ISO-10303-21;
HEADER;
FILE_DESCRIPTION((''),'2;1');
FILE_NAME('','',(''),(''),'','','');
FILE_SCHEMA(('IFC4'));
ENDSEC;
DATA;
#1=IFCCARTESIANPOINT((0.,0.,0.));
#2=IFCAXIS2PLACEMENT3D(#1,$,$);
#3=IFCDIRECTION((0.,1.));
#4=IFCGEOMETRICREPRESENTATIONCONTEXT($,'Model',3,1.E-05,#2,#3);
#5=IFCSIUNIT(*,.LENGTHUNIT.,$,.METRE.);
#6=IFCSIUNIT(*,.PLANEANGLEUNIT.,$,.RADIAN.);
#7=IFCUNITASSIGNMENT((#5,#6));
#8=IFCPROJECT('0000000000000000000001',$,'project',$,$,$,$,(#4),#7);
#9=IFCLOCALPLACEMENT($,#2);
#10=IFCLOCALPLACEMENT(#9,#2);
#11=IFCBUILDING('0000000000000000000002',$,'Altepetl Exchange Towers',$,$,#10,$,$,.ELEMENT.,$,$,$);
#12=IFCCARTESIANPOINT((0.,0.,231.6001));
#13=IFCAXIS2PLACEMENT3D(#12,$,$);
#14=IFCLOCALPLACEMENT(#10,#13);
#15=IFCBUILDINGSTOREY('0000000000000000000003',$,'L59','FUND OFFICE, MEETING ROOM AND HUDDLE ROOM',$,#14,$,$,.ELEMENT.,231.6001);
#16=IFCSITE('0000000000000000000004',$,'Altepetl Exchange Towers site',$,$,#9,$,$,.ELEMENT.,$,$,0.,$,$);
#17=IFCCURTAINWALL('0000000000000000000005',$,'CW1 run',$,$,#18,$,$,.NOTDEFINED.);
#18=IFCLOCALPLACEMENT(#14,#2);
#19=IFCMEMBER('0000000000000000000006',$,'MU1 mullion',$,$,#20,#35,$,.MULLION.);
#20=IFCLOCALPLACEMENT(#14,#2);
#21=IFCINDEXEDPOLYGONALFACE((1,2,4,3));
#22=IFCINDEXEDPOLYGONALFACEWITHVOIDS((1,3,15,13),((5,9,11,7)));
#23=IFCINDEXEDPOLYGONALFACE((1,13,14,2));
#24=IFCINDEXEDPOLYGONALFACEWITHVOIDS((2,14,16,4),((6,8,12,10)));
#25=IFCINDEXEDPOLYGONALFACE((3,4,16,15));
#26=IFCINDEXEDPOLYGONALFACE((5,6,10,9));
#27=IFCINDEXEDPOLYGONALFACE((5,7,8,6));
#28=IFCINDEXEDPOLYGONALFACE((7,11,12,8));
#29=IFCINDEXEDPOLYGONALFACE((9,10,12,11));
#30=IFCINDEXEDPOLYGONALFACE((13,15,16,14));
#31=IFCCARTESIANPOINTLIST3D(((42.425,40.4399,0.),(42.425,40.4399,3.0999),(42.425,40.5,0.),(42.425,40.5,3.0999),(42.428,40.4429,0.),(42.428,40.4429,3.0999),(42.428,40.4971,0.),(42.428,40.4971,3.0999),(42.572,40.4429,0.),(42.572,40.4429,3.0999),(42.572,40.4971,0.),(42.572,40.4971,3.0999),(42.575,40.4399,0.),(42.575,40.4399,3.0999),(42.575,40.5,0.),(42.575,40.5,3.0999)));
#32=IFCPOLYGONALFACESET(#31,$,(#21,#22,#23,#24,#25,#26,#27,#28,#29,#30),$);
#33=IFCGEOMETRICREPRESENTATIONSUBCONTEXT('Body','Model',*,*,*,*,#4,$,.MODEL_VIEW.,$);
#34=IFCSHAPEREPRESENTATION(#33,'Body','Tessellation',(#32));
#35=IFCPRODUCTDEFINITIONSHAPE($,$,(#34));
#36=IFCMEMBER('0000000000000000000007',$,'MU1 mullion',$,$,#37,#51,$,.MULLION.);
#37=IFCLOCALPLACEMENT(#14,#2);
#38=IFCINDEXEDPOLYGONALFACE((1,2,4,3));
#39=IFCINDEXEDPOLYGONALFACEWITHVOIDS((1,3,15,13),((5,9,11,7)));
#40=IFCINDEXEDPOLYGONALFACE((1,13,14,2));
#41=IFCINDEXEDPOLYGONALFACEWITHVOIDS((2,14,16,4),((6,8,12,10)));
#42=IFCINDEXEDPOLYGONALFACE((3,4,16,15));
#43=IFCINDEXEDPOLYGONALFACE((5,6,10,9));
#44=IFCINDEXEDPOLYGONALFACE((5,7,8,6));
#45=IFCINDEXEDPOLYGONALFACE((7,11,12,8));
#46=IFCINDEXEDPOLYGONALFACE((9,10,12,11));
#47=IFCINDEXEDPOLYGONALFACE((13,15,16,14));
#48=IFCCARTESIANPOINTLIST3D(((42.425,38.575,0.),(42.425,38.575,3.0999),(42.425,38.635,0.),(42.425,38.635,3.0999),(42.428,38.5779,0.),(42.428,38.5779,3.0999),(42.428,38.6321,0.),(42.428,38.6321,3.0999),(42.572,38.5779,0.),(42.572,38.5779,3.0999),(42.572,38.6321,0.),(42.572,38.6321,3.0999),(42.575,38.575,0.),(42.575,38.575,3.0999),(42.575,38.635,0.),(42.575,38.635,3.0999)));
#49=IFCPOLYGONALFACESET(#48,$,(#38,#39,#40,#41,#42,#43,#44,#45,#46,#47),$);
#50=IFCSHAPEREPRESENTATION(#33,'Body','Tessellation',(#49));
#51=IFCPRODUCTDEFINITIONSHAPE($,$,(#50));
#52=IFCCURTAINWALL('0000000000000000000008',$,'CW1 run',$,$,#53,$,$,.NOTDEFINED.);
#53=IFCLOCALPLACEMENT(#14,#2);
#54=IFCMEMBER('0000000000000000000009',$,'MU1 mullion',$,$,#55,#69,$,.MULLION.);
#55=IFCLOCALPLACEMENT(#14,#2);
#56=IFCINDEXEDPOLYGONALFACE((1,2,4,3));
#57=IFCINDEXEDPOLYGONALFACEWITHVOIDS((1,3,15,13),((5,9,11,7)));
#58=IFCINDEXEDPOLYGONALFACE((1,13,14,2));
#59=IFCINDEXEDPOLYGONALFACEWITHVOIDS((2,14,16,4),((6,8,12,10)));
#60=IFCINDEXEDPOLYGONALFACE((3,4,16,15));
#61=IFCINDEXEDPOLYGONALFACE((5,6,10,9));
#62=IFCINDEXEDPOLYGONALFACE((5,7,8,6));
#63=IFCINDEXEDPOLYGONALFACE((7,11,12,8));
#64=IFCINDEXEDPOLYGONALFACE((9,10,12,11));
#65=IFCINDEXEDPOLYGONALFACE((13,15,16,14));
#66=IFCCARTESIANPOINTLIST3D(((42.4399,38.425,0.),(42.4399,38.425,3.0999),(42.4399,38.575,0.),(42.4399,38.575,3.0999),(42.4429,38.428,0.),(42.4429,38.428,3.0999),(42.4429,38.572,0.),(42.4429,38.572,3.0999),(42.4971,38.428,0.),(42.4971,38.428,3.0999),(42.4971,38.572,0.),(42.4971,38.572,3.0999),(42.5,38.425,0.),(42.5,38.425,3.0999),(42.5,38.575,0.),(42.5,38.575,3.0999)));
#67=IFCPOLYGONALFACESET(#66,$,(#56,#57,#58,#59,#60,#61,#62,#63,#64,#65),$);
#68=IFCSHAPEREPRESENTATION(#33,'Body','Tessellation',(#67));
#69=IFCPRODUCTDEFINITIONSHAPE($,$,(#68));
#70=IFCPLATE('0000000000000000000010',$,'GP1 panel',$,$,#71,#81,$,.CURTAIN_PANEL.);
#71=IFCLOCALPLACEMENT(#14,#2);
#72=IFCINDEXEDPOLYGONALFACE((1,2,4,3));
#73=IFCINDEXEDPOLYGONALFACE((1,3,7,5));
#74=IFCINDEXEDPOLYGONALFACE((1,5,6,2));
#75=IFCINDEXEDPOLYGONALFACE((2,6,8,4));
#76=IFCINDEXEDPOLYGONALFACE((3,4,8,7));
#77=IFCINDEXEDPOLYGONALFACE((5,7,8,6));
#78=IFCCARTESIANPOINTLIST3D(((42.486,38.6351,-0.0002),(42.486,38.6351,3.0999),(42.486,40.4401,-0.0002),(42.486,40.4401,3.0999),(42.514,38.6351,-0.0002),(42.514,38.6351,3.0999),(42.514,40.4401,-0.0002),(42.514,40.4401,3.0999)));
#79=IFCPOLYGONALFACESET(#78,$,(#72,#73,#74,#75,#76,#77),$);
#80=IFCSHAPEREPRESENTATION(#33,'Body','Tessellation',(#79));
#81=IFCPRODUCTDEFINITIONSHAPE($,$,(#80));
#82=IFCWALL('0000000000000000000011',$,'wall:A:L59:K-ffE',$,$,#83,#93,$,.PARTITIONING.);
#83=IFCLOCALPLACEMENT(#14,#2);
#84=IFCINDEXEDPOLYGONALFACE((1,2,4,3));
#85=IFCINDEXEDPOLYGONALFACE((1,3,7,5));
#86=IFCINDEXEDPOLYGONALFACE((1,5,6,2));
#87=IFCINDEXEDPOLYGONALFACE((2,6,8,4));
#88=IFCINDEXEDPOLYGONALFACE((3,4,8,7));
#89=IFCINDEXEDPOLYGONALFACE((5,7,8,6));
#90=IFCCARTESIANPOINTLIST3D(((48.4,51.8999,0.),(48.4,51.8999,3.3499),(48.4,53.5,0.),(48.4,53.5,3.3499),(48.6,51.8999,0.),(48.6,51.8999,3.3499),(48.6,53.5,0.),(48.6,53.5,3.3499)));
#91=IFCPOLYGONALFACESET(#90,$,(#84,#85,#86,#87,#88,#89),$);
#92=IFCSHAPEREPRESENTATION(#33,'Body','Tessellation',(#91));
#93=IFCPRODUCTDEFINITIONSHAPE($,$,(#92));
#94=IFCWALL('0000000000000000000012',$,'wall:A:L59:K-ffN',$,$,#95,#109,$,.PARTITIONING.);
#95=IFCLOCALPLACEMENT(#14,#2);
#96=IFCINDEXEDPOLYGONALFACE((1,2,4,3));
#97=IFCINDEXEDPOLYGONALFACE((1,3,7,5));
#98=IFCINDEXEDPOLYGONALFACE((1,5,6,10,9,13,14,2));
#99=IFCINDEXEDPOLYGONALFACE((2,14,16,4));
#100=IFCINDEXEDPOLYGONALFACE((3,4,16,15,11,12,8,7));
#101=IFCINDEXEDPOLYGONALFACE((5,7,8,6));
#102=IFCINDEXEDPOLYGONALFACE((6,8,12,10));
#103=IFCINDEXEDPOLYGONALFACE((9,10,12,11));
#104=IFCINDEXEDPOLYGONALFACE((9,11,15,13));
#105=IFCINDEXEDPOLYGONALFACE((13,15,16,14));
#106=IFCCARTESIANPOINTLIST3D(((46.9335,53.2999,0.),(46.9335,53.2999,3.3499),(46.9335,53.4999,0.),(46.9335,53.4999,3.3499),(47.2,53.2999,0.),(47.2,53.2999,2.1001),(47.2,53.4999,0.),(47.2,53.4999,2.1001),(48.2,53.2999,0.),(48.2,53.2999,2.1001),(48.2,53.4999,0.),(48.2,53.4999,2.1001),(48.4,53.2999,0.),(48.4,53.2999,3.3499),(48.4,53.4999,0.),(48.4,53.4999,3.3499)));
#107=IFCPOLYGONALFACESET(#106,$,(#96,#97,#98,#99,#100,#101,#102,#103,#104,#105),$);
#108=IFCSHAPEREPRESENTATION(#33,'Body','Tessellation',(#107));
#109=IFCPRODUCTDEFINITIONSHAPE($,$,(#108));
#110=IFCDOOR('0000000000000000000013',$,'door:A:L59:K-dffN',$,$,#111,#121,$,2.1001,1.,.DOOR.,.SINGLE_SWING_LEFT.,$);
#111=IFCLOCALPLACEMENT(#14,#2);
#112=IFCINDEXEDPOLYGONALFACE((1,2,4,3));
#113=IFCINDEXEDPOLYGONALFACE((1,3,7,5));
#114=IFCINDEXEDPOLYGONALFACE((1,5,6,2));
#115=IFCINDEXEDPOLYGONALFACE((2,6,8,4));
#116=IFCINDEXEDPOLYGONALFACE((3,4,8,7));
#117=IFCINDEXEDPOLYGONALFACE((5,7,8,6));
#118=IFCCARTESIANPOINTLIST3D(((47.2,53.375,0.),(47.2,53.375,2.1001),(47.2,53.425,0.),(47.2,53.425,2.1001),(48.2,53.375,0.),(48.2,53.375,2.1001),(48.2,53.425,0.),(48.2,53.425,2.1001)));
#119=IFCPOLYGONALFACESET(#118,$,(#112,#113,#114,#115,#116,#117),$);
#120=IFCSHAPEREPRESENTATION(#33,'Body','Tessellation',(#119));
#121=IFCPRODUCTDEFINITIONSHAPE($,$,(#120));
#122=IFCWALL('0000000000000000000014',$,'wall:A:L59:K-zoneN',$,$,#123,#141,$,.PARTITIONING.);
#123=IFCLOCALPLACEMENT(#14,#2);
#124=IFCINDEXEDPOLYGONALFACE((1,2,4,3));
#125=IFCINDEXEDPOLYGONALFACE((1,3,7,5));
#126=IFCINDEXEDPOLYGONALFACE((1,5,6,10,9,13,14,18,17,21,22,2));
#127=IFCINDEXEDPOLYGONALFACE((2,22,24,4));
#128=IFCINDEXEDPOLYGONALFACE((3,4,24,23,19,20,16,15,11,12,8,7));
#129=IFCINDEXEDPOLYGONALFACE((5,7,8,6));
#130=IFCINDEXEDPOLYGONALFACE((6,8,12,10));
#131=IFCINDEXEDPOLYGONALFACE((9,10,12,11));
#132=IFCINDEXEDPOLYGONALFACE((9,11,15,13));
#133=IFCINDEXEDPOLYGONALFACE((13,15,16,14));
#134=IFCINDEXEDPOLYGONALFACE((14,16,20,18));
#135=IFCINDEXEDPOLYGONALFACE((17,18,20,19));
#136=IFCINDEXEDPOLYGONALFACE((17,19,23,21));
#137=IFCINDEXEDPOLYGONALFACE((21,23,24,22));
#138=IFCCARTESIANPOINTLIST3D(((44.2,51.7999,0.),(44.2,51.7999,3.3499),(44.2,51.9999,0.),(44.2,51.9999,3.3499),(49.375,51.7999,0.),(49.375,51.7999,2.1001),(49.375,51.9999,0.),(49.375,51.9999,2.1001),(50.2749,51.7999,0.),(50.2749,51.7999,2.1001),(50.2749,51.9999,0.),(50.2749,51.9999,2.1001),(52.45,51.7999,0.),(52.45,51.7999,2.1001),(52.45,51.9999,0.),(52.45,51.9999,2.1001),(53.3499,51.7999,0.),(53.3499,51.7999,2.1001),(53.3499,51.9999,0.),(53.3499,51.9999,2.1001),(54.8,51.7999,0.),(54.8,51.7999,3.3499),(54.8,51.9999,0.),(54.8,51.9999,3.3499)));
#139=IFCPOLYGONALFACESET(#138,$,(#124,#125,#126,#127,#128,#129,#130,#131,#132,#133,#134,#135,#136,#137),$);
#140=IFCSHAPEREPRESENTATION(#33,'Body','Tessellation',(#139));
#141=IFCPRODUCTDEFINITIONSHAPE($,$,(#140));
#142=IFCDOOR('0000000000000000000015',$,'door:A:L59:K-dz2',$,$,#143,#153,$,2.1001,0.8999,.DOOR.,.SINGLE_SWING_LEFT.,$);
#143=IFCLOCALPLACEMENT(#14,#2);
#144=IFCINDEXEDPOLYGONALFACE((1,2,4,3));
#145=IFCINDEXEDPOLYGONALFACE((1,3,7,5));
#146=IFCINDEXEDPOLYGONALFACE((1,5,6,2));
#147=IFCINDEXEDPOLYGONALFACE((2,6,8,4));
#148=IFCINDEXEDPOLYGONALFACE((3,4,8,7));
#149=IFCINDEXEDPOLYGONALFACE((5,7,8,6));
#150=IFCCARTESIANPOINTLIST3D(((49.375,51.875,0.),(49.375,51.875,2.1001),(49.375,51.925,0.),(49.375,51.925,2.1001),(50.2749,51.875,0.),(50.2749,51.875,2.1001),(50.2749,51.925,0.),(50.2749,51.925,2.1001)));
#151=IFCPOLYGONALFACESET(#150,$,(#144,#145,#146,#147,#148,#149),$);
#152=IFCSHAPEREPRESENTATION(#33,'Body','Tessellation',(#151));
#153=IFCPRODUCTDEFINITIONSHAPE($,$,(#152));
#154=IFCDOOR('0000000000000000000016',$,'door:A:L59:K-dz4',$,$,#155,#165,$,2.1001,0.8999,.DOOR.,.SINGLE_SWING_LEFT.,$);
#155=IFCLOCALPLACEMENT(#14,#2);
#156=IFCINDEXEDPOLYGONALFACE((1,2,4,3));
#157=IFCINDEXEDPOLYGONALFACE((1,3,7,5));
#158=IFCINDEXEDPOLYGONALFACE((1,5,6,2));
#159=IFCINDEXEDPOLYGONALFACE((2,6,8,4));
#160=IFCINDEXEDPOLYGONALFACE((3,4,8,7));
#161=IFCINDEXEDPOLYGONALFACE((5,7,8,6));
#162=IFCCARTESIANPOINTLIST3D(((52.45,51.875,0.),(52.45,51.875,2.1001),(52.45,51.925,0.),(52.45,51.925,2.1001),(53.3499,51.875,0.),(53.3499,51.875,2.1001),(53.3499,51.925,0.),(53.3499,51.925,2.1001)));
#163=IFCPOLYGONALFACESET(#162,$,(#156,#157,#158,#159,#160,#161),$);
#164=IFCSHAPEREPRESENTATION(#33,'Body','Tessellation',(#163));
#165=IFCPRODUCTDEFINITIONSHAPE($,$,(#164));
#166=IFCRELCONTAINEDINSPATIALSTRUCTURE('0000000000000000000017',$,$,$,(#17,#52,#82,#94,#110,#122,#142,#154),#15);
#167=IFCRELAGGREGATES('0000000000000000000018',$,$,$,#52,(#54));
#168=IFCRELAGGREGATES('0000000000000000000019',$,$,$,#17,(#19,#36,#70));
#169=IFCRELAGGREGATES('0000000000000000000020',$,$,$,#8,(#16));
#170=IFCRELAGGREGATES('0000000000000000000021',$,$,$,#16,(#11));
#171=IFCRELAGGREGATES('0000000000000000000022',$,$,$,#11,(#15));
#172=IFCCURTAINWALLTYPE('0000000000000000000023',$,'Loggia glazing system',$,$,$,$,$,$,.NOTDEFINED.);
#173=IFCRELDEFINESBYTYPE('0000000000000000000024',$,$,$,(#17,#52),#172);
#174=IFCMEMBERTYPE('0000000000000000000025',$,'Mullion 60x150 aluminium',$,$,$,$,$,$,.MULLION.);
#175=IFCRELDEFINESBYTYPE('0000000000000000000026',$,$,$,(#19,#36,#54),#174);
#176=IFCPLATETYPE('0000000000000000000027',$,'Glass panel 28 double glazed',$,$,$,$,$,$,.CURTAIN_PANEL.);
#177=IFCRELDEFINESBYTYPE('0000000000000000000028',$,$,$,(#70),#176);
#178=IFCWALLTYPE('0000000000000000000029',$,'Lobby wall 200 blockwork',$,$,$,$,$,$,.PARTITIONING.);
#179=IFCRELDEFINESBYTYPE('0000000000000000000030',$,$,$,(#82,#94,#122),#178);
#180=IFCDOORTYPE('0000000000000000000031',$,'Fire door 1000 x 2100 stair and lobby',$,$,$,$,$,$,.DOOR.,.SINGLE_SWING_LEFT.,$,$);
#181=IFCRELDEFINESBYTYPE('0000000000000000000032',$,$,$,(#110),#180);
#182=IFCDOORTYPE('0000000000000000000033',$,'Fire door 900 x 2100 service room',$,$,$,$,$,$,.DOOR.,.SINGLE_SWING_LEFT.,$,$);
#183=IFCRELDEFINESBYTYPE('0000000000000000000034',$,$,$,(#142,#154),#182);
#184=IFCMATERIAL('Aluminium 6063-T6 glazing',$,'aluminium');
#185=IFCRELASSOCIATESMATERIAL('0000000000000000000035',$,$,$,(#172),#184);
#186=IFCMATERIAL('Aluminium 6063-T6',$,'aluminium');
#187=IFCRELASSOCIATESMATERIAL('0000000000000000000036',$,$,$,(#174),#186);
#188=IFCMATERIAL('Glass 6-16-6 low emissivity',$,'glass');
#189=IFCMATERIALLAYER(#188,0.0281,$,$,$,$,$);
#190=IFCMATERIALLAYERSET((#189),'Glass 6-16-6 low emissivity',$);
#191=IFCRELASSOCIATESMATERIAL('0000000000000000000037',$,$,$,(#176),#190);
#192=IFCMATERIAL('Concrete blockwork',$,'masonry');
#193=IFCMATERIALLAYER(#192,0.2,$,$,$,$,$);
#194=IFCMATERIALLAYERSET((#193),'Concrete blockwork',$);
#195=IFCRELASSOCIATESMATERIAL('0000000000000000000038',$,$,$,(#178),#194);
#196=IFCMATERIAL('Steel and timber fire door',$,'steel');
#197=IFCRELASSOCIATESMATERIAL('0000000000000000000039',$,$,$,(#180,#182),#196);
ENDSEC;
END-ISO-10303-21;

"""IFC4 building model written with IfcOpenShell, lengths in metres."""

from ifc_helpers import new_model, si_unit, direction, frame, frame_2d, origin, origin_2d, place, context, subcontext, project, spatial, rectangle, hollow_rectangle, extrude, material, layer, layer_set, material_profile, profile_set, type_object, element, fill, aggregate, save


model = new_model("IFC4")

# Units and contexts
model_context = context("Model", 3, precision=1e-05, world=origin(), true_north=direction((0.0, 1.0)))
body_context = subcontext(model_context, "Body", "Model", "MODEL_VIEW")
ifc_project = project(units=[si_unit("LENGTHUNIT", "METRE"), si_unit("PLANEANGLEUNIT", "RADIAN")], contexts=[model_context])

# Site, building, storey
site_placement = place(None, origin())
site = spatial("IfcSite", under=ifc_project, at=site_placement, Name="Altepetl Exchange Towers site", CompositionType="ELEMENT", RefElevation=0.0)
building_placement = place(site_placement, origin())
building = spatial("IfcBuilding", under=site, at=building_placement, Name="Altepetl Exchange Towers", CompositionType="ELEMENT")
storey_placement = place(building_placement, frame((0.0, 0.0, 231.6001)))
storey = spatial("IfcBuildingStorey", under=building, at=storey_placement, Name="L59", Description="FUND OFFICE, MEETING ROOM AND HUDDLE ROOM", CompositionType="ELEMENT", Elevation=231.6001)

# Curtain wall, members
ifc_material_1 = material(Name="Aluminium 6063-T6 glazing", Category="aluminium")
curtain_wall_type = type_object("IfcCurtainWallType", Name="Loggia glazing system", PredefinedType="NOTDEFINED", material=ifc_material_1)
curtain_wall_1_placement = place(storey_placement, origin())
curtain_wall_1 = element("IfcCurtainWall", 1, at=curtain_wall_1_placement, inside=storey, type_object=curtain_wall_type, Name="CW1 run", PredefinedType="NOTDEFINED")
ifc_material_2 = material(Name="Aluminium 6063-T6", Category="aluminium")
ifc_material_profile = material_profile(ifc_material_2, hollow_rectangle(XDim=0.0601, YDim=0.1499, WallThickness=0.0029, at=origin_2d()), Name="Mullion 60x150 aluminium")
ifc_profile_set = profile_set([ifc_material_profile], Name="Aluminium 6063-T6")
member_type = type_object("IfcMemberType", Name="Mullion 60x150 aluminium", PredefinedType="MULLION", material=ifc_profile_set)
member_1_placement = place(storey_placement, frame((42.5, 40.47, 0.0), z_axis=(0.0, 0.0, 1.0), x_axis=(0.0, -1.0, 0.0)))
member_1 = element("IfcMember", 2, at=member_1_placement, type_object=member_type, Name="MU1 mullion", PredefinedType="MULLION", context=body_context, shape_type="SweptSolid", body=[
    extrude(hollow_rectangle(XDim=0.0601, YDim=0.1499, WallThickness=0.0029, at=origin_2d()), origin(), (0.0, 0.0, 1.0), 3.0999),
])
member_2_placement = place(storey_placement, frame((42.5, 38.605, 0.0), z_axis=(0.0, 0.0, 1.0), x_axis=(0.0, -1.0, 0.0)))
member_2 = element("IfcMember", 3, at=member_2_placement, type_object=member_type, Name="MU1 mullion", PredefinedType="MULLION", context=body_context, shape_type="SweptSolid", body=[
    extrude(hollow_rectangle(XDim=0.0601, YDim=0.1499, WallThickness=0.0029, at=origin_2d()), origin(), (0.0, 0.0, 1.0), 3.0999),
])

# Curtain wall, member
curtain_wall_2_placement = place(storey_placement, origin())
curtain_wall_2 = element("IfcCurtainWall", 4, at=curtain_wall_2_placement, inside=storey, type_object=curtain_wall_type, Name="CW1 run", PredefinedType="NOTDEFINED")
member_3_placement = place(storey_placement, frame((42.47, 38.5, 0.0), z_axis=(0.0, 0.0, 1.0), x_axis=(-1.0, 0.0, 0.0)))
member_3 = element("IfcMember", 5, at=member_3_placement, type_object=member_type, Name="MU1 mullion", PredefinedType="MULLION", context=body_context, shape_type="SweptSolid", body=[
    extrude(hollow_rectangle(XDim=0.0601, YDim=0.1499, WallThickness=0.0029, at=origin_2d()), origin(), (0.0, 0.0, 1.0), 3.0999),
])
aggregate(curtain_wall_2, [member_3])

# Plate
ifc_material_3 = material(Name="Glass 6-16-6 low emissivity", Category="glass")
ifc_layer_1 = layer(ifc_material_3, 0.0281)
ifc_layer_set_1 = layer_set([ifc_layer_1], Name="Glass 6-16-6 low emissivity")
plate_type = type_object("IfcPlateType", Name="Glass panel 28 double glazed", PredefinedType="CURTAIN_PANEL", material=ifc_layer_set_1)
plate_placement = place(storey_placement, frame((42.5, 39.5376, -0.0002), z_axis=(0.0, 0.0, 1.0), x_axis=(0.0, -1.0, 0.0)))
plate = element("IfcPlate", 6, at=plate_placement, type_object=plate_type, Name="GP1 panel", PredefinedType="CURTAIN_PANEL", context=body_context, shape_type="SweptSolid", body=[
    extrude(rectangle(XDim=1.8049, YDim=0.0281, at=origin_2d()), origin(), (0.0, 0.0, 1.0), 3.1001),
])
aggregate(curtain_wall_1, [member_1, member_2, plate])

# Wall
ifc_material_4 = material(Name="Concrete blockwork", Category="masonry")
ifc_layer_2 = layer(ifc_material_4, 0.2)
ifc_layer_set_2 = layer_set([ifc_layer_2], Name="Concrete blockwork")
wall_type_1 = type_object("IfcWallType", Name="Lobby wall 200 blockwork", PredefinedType="PARTITIONING", material=ifc_layer_set_2)
wall_1_placement = place(storey_placement, frame((48.5, 51.8999, 0.0), z_axis=(0.0, 0.0, 1.0), x_axis=(0.0, 1.0, 0.0)))
element("IfcWall", 7, at=wall_1_placement, inside=storey, type_object=wall_type_1, Name="wall:A:L59:K-ffE", PredefinedType="PARTITIONING", context=body_context, shape_type="SweptSolid", body=[
    extrude(rectangle(XDim=1.6001, YDim=0.2, at=frame_2d((0.8, 0.0))), origin(), (0.0, 0.0, 1.0), 3.3499),
])

# Wall, opening, door
wall_2_placement = place(storey_placement, frame((46.9333, 53.3999, 0.0)))
wall_2 = element("IfcWall", 8, at=wall_2_placement, inside=storey, type_object=wall_type_1, Name="wall:A:L59:K-ffN", PredefinedType="PARTITIONING", context=body_context, shape_type="SweptSolid", body=[
    extrude(rectangle(XDim=1.4666, YDim=0.2, at=frame_2d((0.7334, 0.0))), origin(), (0.0, 0.0, 1.0), 3.3499),
])
opening_1_placement = place(wall_2_placement, frame((0.2666, 0.0, 0.0)))
opening_1 = element("IfcOpeningElement", 9, at=opening_1_placement, cuts=wall_2, PredefinedType="OPENING", context=body_context, shape_type="SweptSolid", body=[
    extrude(rectangle(XDim=1.0, YDim=2.1001, at=frame_2d((0.5, 1.05))), frame((0.0, 0.1099, 0.0), z_axis=(0.0, -1.0, 0.0), x_axis=(1.0, 0.0, 0.0)), (0.0, 0.0, 1.0), 0.22),
])
ifc_material_5 = material(Name="Steel and timber fire door", Category="steel")
door_type_1 = type_object("IfcDoorType", Name="Fire door 1000 x 2100 stair and lobby", OperationType="SINGLE_SWING_LEFT", PredefinedType="DOOR", material=ifc_material_5)
door_1_placement = place(opening_1_placement, frame((1.0, 0.0, 0.0), x_axis=(-1.0, 0.0, 0.0)))
door_1 = element("IfcDoor", 10, at=door_1_placement, inside=storey, type_object=door_type_1, Name="door:A:L59:K-dffN", OperationType="SINGLE_SWING_LEFT", OverallHeight=2.1001, OverallWidth=1.0, PredefinedType="DOOR", context=body_context, shape_type="SweptSolid", body=[
    extrude(rectangle(XDim=1.0, YDim=2.1001, at=frame_2d((0.5, 1.05))), frame((0.0, 0.0249, 0.0), z_axis=(0.0, -1.0, 0.0), x_axis=(1.0, 0.0, 0.0)), (0.0, 0.0, 1.0), 0.05),
])
fill(opening_1, door_1)

# Wall, openings, doors
wall_3_placement = place(storey_placement, frame((44.2, 51.8999, 0.0)))
wall_3 = element("IfcWall", 11, at=wall_3_placement, inside=storey, type_object=wall_type_1, Name="wall:A:L59:K-zoneN", PredefinedType="PARTITIONING", context=body_context, shape_type="SweptSolid", body=[
    extrude(rectangle(XDim=10.6001, YDim=0.2, at=frame_2d((5.3, 0.0))), origin(), (0.0, 0.0, 1.0), 3.3499),
])
opening_2_placement = place(wall_3_placement, frame((5.175, 0.0, 0.0)))
opening_2 = element("IfcOpeningElement", 12, at=opening_2_placement, cuts=wall_3, PredefinedType="OPENING", context=body_context, shape_type="SweptSolid", body=[
    extrude(rectangle(XDim=0.8999, YDim=2.1001, at=frame_2d((0.45, 1.05))), frame((0.0, 0.1099, 0.0), z_axis=(0.0, -1.0, 0.0), x_axis=(1.0, 0.0, 0.0)), (0.0, 0.0, 1.0), 0.22),
])
opening_3_placement = place(wall_3_placement, frame((8.25, 0.0, 0.0)))
opening_3 = element("IfcOpeningElement", 13, at=opening_3_placement, cuts=wall_3, PredefinedType="OPENING", context=body_context, shape_type="SweptSolid", body=[
    extrude(rectangle(XDim=0.8999, YDim=2.1001, at=frame_2d((0.45, 1.05))), frame((0.0, 0.1099, 0.0), z_axis=(0.0, -1.0, 0.0), x_axis=(1.0, 0.0, 0.0)), (0.0, 0.0, 1.0), 0.22),
])
door_type_2 = type_object("IfcDoorType", Name="Fire door 900 x 2100 service room", OperationType="SINGLE_SWING_LEFT", PredefinedType="DOOR", material=ifc_material_5)
door_2_placement = place(opening_2_placement, frame((0.8999, 0.0, 0.0), x_axis=(-1.0, 0.0, 0.0)))
door_2 = element("IfcDoor", 14, at=door_2_placement, inside=storey, type_object=door_type_2, Name="door:A:L59:K-dz2", OperationType="SINGLE_SWING_LEFT", OverallHeight=2.1001, OverallWidth=0.8999, PredefinedType="DOOR", context=body_context, shape_type="SweptSolid", body=[
    extrude(rectangle(XDim=0.8999, YDim=2.1001, at=frame_2d((0.45, 1.05))), frame((0.0, 0.0249, 0.0), z_axis=(0.0, -1.0, 0.0), x_axis=(1.0, 0.0, 0.0)), (0.0, 0.0, 1.0), 0.05),
])
fill(opening_2, door_2)
door_3_placement = place(opening_3_placement, frame((0.8999, 0.0, 0.0), x_axis=(-1.0, 0.0, 0.0)))
door_3 = element("IfcDoor", 15, at=door_3_placement, inside=storey, type_object=door_type_2, Name="door:A:L59:K-dz4", OperationType="SINGLE_SWING_LEFT", OverallHeight=2.1001, OverallWidth=0.8999, PredefinedType="DOOR", context=body_context, shape_type="SweptSolid", body=[
    extrude(rectangle(XDim=0.8999, YDim=2.1001, at=frame_2d((0.45, 1.05))), frame((0.0, 0.0249, 0.0), z_axis=(0.0, -1.0, 0.0), x_axis=(1.0, 0.0, 0.0)), (0.0, 0.0, 1.0), 0.05),
])
fill(opening_3, door_3)

save(model, "model.ifc")
